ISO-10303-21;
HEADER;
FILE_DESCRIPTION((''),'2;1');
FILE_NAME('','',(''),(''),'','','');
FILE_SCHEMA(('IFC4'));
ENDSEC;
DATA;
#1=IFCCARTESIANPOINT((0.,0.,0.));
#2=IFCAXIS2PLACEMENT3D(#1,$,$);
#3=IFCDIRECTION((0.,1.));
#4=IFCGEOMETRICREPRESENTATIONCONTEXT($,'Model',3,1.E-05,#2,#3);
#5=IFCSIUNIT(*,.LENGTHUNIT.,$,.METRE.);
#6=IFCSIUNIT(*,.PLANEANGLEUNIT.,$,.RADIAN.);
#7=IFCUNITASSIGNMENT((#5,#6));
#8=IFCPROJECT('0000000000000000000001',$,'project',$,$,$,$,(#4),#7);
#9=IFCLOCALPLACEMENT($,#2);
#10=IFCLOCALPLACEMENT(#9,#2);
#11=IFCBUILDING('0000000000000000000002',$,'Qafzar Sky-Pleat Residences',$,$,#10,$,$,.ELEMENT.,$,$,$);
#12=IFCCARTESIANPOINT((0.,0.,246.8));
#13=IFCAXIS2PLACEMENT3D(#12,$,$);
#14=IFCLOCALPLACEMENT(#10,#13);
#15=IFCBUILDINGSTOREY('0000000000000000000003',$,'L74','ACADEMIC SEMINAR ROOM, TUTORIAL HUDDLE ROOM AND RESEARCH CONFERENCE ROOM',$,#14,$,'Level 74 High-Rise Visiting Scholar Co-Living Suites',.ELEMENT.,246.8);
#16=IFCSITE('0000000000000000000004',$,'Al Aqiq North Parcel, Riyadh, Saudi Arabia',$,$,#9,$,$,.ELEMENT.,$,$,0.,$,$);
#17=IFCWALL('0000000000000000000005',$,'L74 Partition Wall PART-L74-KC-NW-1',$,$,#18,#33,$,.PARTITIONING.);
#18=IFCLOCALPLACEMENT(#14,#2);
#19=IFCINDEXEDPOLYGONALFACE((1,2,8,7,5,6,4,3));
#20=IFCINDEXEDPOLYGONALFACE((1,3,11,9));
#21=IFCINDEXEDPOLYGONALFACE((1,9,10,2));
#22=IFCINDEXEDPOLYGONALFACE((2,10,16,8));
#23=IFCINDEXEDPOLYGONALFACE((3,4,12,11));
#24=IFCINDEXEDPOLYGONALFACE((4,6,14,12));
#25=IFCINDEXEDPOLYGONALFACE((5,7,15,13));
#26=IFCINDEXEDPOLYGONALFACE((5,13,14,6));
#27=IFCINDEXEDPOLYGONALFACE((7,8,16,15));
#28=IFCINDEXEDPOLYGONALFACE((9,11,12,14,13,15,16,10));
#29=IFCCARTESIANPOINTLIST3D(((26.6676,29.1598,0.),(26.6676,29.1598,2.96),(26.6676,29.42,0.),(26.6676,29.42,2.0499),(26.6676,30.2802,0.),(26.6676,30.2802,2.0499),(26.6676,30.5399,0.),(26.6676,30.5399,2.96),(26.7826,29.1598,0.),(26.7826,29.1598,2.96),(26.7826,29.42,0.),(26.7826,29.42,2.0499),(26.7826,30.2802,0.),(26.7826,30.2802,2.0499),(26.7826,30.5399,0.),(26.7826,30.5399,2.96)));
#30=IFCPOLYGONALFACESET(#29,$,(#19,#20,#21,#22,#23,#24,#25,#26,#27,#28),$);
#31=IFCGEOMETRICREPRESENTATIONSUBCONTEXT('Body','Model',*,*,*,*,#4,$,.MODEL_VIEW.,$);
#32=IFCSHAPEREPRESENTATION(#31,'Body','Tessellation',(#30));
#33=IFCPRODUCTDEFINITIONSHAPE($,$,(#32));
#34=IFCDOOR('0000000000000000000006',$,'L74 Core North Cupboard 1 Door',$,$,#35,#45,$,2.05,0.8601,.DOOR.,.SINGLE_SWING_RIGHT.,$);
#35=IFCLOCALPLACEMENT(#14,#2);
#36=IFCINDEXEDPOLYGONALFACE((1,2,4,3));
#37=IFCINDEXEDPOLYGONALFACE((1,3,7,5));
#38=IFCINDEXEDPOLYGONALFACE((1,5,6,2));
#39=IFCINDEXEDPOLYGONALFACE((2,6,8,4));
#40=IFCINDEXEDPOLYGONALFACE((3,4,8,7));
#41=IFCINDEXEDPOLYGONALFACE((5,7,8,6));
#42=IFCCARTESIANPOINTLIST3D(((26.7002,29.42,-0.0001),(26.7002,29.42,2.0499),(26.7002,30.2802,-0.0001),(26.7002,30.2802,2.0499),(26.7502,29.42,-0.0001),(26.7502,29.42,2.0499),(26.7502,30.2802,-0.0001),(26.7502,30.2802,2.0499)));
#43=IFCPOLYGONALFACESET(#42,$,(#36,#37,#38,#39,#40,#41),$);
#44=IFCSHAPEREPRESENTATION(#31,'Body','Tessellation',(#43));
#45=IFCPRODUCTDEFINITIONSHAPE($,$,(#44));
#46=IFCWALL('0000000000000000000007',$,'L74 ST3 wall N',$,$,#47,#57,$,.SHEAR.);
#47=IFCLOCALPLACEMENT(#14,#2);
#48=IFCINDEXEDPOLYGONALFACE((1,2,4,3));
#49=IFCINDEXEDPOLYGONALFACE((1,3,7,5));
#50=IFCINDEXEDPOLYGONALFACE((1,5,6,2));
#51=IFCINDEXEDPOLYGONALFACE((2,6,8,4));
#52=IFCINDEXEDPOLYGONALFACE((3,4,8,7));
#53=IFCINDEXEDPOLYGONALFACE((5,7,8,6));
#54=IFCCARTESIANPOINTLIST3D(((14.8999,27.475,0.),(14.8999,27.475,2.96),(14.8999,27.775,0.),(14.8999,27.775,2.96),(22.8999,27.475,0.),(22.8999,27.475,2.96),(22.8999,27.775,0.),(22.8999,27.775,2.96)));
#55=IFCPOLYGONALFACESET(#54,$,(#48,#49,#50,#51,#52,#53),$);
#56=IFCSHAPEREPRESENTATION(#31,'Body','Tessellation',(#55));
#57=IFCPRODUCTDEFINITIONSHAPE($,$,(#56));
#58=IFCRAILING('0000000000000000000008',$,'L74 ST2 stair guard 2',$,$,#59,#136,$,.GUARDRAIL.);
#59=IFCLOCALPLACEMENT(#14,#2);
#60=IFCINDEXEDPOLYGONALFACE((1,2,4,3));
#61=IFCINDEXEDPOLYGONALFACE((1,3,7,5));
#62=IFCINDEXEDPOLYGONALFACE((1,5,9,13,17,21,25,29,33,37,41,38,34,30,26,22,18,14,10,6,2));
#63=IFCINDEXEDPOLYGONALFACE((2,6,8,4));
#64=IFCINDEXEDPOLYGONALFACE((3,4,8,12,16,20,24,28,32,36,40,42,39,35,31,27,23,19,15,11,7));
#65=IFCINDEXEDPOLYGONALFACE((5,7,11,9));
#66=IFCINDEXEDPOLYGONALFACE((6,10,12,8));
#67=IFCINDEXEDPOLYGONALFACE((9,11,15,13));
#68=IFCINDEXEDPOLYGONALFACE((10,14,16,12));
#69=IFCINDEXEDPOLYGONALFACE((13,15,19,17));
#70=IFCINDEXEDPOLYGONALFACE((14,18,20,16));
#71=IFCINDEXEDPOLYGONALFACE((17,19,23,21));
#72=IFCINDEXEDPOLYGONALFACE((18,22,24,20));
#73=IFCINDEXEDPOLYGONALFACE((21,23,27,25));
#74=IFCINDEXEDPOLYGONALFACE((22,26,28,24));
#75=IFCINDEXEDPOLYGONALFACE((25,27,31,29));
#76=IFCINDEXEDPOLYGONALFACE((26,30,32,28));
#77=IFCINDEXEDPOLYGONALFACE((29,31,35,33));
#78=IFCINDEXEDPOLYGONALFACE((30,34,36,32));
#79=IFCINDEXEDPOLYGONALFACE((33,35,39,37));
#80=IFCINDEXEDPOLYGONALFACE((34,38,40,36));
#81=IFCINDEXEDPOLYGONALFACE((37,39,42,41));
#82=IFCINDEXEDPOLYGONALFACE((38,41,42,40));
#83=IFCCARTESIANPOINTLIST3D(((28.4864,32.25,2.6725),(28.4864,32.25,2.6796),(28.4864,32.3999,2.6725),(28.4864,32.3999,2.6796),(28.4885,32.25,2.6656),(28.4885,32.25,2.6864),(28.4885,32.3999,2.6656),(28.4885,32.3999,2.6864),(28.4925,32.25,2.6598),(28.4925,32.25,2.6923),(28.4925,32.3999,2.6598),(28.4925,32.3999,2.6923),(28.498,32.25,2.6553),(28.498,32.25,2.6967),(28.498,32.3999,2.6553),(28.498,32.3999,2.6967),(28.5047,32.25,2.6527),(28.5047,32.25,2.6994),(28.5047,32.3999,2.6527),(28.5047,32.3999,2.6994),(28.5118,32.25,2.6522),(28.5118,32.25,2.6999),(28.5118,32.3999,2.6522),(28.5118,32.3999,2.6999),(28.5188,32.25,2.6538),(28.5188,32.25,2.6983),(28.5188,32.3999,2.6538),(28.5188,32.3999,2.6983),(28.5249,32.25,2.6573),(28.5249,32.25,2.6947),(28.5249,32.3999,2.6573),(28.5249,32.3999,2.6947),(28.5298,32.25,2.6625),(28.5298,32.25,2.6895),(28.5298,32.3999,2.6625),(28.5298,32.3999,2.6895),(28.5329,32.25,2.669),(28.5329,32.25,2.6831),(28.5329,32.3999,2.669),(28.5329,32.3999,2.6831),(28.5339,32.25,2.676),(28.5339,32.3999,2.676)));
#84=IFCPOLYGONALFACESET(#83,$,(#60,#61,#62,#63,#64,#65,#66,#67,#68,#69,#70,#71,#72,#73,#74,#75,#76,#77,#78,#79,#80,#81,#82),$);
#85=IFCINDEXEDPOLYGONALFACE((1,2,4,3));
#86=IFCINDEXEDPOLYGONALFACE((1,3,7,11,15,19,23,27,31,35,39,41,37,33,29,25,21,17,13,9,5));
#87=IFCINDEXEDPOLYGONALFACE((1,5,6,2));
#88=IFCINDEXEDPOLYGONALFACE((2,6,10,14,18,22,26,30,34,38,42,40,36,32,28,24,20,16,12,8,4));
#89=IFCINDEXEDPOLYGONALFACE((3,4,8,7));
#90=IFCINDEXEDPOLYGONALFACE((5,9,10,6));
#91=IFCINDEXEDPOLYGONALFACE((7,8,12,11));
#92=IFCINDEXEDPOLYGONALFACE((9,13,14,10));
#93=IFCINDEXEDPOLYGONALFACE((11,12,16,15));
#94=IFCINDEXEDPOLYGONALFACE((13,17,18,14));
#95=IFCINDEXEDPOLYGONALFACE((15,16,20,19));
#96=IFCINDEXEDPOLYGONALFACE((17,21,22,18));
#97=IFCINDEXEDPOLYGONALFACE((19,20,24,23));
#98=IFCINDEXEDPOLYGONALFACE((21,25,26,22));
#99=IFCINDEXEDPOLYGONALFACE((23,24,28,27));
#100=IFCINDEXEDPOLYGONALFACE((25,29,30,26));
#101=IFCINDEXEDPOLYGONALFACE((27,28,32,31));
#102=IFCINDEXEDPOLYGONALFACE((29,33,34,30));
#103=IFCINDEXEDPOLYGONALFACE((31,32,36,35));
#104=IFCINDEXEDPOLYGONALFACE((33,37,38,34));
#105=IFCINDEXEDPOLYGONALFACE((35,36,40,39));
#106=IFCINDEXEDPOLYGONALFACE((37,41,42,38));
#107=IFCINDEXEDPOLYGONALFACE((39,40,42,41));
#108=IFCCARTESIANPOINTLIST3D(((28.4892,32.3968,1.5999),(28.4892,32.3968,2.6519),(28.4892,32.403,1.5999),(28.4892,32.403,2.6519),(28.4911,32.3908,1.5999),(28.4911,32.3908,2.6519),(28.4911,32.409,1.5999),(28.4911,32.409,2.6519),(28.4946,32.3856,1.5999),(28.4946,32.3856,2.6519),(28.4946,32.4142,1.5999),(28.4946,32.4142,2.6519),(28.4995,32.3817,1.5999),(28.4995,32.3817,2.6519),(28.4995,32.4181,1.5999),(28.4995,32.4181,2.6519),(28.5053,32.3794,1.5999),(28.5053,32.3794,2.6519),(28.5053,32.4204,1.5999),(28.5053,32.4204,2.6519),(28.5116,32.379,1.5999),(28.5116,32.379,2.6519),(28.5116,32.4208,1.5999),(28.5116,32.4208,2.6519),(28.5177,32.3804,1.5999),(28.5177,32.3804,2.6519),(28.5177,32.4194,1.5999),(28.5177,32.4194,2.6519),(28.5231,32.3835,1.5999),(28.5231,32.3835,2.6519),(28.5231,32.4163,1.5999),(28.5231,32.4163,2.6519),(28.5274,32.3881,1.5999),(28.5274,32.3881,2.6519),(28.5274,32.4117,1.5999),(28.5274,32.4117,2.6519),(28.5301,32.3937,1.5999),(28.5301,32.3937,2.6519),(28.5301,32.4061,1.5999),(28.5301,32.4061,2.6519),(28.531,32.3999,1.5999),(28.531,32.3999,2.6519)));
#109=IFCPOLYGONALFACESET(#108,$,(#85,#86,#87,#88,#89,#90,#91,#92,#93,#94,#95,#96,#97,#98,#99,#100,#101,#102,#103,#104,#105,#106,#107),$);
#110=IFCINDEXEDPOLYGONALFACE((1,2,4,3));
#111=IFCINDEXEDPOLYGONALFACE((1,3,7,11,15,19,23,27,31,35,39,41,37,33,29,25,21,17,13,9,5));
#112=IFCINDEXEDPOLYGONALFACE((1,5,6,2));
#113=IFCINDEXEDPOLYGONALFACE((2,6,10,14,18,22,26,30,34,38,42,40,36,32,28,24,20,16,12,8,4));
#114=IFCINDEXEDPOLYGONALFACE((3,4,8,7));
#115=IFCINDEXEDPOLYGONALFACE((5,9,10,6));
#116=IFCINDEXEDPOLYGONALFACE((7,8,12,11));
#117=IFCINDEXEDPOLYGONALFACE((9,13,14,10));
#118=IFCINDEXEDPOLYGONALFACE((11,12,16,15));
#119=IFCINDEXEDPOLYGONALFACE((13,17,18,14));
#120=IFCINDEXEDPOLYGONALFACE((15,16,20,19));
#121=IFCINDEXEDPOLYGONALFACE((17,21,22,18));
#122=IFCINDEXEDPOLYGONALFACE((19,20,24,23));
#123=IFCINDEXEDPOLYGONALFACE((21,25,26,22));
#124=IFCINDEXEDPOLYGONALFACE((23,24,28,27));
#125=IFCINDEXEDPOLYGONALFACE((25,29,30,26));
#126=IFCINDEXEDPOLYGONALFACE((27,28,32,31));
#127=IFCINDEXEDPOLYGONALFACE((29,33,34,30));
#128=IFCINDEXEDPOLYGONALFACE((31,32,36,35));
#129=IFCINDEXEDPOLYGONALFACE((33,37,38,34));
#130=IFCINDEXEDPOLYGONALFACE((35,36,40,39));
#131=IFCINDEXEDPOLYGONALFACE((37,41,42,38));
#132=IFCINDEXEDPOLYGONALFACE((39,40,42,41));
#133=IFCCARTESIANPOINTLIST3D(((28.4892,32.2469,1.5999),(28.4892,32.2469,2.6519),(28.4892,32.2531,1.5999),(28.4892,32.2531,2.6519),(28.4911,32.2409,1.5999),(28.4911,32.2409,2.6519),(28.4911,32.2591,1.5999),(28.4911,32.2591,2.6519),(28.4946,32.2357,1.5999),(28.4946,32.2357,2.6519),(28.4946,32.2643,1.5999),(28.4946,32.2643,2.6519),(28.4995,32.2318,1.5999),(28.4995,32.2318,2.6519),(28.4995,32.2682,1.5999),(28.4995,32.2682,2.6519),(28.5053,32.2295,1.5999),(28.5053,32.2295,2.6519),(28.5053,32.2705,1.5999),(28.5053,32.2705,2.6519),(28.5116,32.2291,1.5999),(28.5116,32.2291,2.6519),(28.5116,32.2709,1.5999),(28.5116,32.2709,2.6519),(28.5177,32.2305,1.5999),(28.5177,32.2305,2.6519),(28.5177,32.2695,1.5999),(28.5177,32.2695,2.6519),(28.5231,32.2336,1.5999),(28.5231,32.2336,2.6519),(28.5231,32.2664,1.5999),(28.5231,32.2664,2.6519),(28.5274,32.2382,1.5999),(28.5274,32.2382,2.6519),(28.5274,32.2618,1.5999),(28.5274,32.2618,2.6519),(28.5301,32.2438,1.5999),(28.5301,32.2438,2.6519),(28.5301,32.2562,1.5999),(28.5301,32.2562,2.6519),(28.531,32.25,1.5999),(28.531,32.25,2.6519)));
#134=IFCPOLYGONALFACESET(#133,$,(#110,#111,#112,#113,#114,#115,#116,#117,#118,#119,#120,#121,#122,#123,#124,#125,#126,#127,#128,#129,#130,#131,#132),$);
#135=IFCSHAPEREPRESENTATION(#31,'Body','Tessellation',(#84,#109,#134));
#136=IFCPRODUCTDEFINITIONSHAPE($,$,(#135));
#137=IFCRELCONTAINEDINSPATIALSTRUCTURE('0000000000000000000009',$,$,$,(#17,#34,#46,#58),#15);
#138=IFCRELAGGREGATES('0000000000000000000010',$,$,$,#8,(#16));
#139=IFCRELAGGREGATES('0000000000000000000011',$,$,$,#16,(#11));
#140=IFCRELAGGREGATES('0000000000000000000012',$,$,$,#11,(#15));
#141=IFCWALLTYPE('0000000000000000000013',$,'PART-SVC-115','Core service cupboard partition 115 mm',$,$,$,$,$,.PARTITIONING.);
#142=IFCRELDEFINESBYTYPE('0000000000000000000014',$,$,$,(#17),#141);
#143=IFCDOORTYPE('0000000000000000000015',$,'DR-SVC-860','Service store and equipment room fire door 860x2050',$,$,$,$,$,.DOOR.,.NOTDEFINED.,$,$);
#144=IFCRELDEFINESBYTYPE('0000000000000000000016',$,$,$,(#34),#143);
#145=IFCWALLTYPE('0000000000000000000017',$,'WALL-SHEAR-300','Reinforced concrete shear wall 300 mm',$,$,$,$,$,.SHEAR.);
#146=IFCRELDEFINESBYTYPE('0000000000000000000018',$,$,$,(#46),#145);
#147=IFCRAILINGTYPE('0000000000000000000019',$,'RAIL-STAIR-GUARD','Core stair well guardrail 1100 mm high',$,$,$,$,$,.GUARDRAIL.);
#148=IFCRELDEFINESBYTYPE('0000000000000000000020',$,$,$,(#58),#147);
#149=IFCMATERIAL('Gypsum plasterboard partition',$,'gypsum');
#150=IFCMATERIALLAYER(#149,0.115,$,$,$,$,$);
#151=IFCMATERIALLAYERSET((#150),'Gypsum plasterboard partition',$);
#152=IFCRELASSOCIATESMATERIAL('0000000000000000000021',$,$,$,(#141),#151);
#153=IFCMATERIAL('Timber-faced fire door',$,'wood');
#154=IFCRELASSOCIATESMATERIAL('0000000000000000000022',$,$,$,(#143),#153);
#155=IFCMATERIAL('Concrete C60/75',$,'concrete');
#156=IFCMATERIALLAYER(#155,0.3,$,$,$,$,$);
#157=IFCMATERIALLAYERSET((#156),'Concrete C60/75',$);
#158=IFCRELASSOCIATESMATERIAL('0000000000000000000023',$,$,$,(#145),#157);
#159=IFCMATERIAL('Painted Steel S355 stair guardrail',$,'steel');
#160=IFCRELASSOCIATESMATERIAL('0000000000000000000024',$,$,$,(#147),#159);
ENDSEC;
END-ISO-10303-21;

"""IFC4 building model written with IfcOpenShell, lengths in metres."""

from ifc_helpers import new_model, si_unit, direction, frame, frame_2d, origin, origin_2d, place, context, subcontext, project, spatial, rectangle, circle, extrude, source, transform, mapped, material, layer, layer_set, type_object, element, fill, save


model = new_model("IFC4")

# Units and contexts
model_context = context("Model", 3, precision=1e-05, world=origin(), true_north=direction((0.0, 1.0)))
body_context = subcontext(model_context, "Body", "Model", "MODEL_VIEW")
ifc_project = project(units=[si_unit("LENGTHUNIT", "METRE"), si_unit("PLANEANGLEUNIT", "RADIAN")], contexts=[model_context])

# Site, building, storey
site_placement = place(None, origin())
site = spatial("IfcSite", under=ifc_project, at=site_placement, Name="Al Aqiq North Parcel, Riyadh, Saudi Arabia", CompositionType="ELEMENT", RefElevation=0.0)
building_placement = place(site_placement, origin())
building = spatial("IfcBuilding", under=site, at=building_placement, Name="Qafzar Sky-Pleat Residences", CompositionType="ELEMENT")
storey_placement = place(building_placement, frame((0.0, 0.0, 246.8)))
storey = spatial("IfcBuildingStorey", under=building, at=storey_placement, Name="L74", Description="ACADEMIC SEMINAR ROOM, TUTORIAL HUDDLE ROOM AND RESEARCH CONFERENCE ROOM", LongName="Level 74 High-Rise Visiting Scholar Co-Living Suites", CompositionType="ELEMENT", Elevation=246.8)

# Shared definitions
ifc_material_1 = material(Name="Timber-faced fire door", Category="wood")

# Wall, opening, door
ifc_material_2 = material(Name="Gypsum plasterboard partition", Category="gypsum")
ifc_layer_1 = layer(ifc_material_2, 0.115)
ifc_layer_set_1 = layer_set([ifc_layer_1], Name="Gypsum plasterboard partition")
wall_type_1 = type_object("IfcWallType", Name="PART-SVC-115", Description="Core service cupboard partition 115 mm", PredefinedType="PARTITIONING", material=ifc_layer_set_1)
wall_1_placement = place(storey_placement, frame((26.7251, 29.1599, 0.0), z_axis=(0.0, 0.0, 1.0), x_axis=(0.0, 1.0, 0.0)))
wall_1 = element("IfcWall", 1, at=wall_1_placement, inside=storey, type_object=wall_type_1, Name="L74 Partition Wall PART-L74-KC-NW-1", PredefinedType="PARTITIONING", context=body_context, shape_type="SweptSolid", body=[
    extrude(rectangle(XDim=1.3801, YDim=0.115, at=frame_2d((0.6899, 0.0))), origin(), (0.0, 0.0, 1.0), 2.96),
])
opening_1_placement = place(wall_1_placement, frame((0.26, 0.0, 0.0)))
opening_1 = element("IfcOpeningElement", 2, at=opening_1_placement, cuts=wall_1, PredefinedType="OPENING", context=body_context, shape_type="SweptSolid", body=[
    extrude(rectangle(XDim=0.8601, YDim=2.05, at=frame_2d((0.4302, 1.0249))), frame((0.0, 0.0674, 0.0), z_axis=(0.0, -1.0, 0.0), x_axis=(1.0, 0.0, 0.0)), (0.0, 0.0, 1.0), 0.135),
])
door_type_1 = type_object("IfcDoorType", Name="DR-SVC-860", Description="Service store and equipment room fire door 860x2050", OperationType="NOTDEFINED", PredefinedType="DOOR", material=ifc_material_1)
shared_shape_1 = source(origin(), body_context, "Body", "SweptSolid", [
    extrude(rectangle(XDim=0.8601, YDim=2.05, at=frame_2d((0.4302, 1.0249))), frame((0.0, 0.0249, 0.0), z_axis=(0.0, -1.0, 0.0), x_axis=(1.0, 0.0, 0.0)), (0.0, 0.0, 1.0), 0.05),
])
door_1_placement = place(opening_1_placement, origin())
door_1 = element("IfcDoor", 3, at=door_1_placement, inside=storey, type_object=door_type_1, Name="L74 Core North Cupboard 1 Door", OperationType="SINGLE_SWING_RIGHT", OverallHeight=2.05, OverallWidth=0.8601, PredefinedType="DOOR", context=body_context, shape_type="MappedRepresentation", body=[
    mapped(shared_shape_1, transform((0.0, 0.0, 0.0), x_axis=(1.0, 0.0, 0.0), y_axis=(0.0, 1.0, 0.0), z_axis=(0.0, 0.0, 1.0), scale=1.0)),
])
fill(opening_1, door_1)

# Shared definitions
ifc_material_3 = material(Name="Concrete C60/75", Category="concrete")
ifc_layer_2 = layer(ifc_material_3, 0.3)
ifc_layer_set_2 = layer_set([ifc_layer_2], Name="Concrete C60/75")
wall_type_2 = type_object("IfcWallType", Name="WALL-SHEAR-300", Description="Reinforced concrete shear wall 300 mm", PredefinedType="SHEAR", material=ifc_layer_set_2)

# Wall
wall_2_placement = place(storey_placement, frame((22.8999, 27.625, 0.0), z_axis=(0.0, 0.0, 1.0), x_axis=(-1.0, 0.0, 0.0)))
element("IfcWall", 4, at=wall_2_placement, inside=storey, type_object=wall_type_2, Name="L74 ST3 wall N", PredefinedType="SHEAR", context=body_context, shape_type="SweptSolid", body=[
    extrude(rectangle(XDim=8.0, YDim=0.3, at=frame_2d((4.0, 0.0))), origin(), (0.0, 0.0, 1.0), 2.96),
])

# Railing
ifc_material_4 = material(Name="Painted Steel S355 stair guardrail", Category="steel")
railing_type_1 = type_object("IfcRailingType", Name="RAIL-STAIR-GUARD", Description="Core stair well guardrail 1100 mm high", PredefinedType="GUARDRAIL", material=ifc_material_4)
shared_shape_2 = source(origin(), body_context, "Body", "SweptSolid", [
    extrude(circle(Radius=0.0239, at=origin_2d()), frame((0.0, 0.0, 1.0762), z_axis=(0.0, -1.0, 0.0), x_axis=(1.0, 0.0, 0.0)), (0.0, 0.0, 1.0), 0.1499),
    extrude(circle(Radius=0.021, at=origin_2d()), origin(), (0.0, 0.0, 1.0), 1.052),
    extrude(circle(Radius=0.021, at=origin_2d()), frame((0.0, -0.1499, 0.0)), (0.0, 0.0, 1.0), 1.052),
])
railing_1_placement = place(storey_placement, frame((28.51, 32.3999, 1.5999)))
element("IfcRailing", 5, at=railing_1_placement, inside=storey, type_object=railing_type_1, Name="L74 ST2 stair guard 2", PredefinedType="GUARDRAIL", context=body_context, shape_type="MappedRepresentation", body=[
    mapped(shared_shape_2, transform((0.0, 0.0, 0.0), x_axis=(1.0, 0.0, 0.0), y_axis=(0.0, 1.0, 0.0), z_axis=(0.0, 0.0, 1.0), scale=1.0)),
])

save(model, "model.ifc")
